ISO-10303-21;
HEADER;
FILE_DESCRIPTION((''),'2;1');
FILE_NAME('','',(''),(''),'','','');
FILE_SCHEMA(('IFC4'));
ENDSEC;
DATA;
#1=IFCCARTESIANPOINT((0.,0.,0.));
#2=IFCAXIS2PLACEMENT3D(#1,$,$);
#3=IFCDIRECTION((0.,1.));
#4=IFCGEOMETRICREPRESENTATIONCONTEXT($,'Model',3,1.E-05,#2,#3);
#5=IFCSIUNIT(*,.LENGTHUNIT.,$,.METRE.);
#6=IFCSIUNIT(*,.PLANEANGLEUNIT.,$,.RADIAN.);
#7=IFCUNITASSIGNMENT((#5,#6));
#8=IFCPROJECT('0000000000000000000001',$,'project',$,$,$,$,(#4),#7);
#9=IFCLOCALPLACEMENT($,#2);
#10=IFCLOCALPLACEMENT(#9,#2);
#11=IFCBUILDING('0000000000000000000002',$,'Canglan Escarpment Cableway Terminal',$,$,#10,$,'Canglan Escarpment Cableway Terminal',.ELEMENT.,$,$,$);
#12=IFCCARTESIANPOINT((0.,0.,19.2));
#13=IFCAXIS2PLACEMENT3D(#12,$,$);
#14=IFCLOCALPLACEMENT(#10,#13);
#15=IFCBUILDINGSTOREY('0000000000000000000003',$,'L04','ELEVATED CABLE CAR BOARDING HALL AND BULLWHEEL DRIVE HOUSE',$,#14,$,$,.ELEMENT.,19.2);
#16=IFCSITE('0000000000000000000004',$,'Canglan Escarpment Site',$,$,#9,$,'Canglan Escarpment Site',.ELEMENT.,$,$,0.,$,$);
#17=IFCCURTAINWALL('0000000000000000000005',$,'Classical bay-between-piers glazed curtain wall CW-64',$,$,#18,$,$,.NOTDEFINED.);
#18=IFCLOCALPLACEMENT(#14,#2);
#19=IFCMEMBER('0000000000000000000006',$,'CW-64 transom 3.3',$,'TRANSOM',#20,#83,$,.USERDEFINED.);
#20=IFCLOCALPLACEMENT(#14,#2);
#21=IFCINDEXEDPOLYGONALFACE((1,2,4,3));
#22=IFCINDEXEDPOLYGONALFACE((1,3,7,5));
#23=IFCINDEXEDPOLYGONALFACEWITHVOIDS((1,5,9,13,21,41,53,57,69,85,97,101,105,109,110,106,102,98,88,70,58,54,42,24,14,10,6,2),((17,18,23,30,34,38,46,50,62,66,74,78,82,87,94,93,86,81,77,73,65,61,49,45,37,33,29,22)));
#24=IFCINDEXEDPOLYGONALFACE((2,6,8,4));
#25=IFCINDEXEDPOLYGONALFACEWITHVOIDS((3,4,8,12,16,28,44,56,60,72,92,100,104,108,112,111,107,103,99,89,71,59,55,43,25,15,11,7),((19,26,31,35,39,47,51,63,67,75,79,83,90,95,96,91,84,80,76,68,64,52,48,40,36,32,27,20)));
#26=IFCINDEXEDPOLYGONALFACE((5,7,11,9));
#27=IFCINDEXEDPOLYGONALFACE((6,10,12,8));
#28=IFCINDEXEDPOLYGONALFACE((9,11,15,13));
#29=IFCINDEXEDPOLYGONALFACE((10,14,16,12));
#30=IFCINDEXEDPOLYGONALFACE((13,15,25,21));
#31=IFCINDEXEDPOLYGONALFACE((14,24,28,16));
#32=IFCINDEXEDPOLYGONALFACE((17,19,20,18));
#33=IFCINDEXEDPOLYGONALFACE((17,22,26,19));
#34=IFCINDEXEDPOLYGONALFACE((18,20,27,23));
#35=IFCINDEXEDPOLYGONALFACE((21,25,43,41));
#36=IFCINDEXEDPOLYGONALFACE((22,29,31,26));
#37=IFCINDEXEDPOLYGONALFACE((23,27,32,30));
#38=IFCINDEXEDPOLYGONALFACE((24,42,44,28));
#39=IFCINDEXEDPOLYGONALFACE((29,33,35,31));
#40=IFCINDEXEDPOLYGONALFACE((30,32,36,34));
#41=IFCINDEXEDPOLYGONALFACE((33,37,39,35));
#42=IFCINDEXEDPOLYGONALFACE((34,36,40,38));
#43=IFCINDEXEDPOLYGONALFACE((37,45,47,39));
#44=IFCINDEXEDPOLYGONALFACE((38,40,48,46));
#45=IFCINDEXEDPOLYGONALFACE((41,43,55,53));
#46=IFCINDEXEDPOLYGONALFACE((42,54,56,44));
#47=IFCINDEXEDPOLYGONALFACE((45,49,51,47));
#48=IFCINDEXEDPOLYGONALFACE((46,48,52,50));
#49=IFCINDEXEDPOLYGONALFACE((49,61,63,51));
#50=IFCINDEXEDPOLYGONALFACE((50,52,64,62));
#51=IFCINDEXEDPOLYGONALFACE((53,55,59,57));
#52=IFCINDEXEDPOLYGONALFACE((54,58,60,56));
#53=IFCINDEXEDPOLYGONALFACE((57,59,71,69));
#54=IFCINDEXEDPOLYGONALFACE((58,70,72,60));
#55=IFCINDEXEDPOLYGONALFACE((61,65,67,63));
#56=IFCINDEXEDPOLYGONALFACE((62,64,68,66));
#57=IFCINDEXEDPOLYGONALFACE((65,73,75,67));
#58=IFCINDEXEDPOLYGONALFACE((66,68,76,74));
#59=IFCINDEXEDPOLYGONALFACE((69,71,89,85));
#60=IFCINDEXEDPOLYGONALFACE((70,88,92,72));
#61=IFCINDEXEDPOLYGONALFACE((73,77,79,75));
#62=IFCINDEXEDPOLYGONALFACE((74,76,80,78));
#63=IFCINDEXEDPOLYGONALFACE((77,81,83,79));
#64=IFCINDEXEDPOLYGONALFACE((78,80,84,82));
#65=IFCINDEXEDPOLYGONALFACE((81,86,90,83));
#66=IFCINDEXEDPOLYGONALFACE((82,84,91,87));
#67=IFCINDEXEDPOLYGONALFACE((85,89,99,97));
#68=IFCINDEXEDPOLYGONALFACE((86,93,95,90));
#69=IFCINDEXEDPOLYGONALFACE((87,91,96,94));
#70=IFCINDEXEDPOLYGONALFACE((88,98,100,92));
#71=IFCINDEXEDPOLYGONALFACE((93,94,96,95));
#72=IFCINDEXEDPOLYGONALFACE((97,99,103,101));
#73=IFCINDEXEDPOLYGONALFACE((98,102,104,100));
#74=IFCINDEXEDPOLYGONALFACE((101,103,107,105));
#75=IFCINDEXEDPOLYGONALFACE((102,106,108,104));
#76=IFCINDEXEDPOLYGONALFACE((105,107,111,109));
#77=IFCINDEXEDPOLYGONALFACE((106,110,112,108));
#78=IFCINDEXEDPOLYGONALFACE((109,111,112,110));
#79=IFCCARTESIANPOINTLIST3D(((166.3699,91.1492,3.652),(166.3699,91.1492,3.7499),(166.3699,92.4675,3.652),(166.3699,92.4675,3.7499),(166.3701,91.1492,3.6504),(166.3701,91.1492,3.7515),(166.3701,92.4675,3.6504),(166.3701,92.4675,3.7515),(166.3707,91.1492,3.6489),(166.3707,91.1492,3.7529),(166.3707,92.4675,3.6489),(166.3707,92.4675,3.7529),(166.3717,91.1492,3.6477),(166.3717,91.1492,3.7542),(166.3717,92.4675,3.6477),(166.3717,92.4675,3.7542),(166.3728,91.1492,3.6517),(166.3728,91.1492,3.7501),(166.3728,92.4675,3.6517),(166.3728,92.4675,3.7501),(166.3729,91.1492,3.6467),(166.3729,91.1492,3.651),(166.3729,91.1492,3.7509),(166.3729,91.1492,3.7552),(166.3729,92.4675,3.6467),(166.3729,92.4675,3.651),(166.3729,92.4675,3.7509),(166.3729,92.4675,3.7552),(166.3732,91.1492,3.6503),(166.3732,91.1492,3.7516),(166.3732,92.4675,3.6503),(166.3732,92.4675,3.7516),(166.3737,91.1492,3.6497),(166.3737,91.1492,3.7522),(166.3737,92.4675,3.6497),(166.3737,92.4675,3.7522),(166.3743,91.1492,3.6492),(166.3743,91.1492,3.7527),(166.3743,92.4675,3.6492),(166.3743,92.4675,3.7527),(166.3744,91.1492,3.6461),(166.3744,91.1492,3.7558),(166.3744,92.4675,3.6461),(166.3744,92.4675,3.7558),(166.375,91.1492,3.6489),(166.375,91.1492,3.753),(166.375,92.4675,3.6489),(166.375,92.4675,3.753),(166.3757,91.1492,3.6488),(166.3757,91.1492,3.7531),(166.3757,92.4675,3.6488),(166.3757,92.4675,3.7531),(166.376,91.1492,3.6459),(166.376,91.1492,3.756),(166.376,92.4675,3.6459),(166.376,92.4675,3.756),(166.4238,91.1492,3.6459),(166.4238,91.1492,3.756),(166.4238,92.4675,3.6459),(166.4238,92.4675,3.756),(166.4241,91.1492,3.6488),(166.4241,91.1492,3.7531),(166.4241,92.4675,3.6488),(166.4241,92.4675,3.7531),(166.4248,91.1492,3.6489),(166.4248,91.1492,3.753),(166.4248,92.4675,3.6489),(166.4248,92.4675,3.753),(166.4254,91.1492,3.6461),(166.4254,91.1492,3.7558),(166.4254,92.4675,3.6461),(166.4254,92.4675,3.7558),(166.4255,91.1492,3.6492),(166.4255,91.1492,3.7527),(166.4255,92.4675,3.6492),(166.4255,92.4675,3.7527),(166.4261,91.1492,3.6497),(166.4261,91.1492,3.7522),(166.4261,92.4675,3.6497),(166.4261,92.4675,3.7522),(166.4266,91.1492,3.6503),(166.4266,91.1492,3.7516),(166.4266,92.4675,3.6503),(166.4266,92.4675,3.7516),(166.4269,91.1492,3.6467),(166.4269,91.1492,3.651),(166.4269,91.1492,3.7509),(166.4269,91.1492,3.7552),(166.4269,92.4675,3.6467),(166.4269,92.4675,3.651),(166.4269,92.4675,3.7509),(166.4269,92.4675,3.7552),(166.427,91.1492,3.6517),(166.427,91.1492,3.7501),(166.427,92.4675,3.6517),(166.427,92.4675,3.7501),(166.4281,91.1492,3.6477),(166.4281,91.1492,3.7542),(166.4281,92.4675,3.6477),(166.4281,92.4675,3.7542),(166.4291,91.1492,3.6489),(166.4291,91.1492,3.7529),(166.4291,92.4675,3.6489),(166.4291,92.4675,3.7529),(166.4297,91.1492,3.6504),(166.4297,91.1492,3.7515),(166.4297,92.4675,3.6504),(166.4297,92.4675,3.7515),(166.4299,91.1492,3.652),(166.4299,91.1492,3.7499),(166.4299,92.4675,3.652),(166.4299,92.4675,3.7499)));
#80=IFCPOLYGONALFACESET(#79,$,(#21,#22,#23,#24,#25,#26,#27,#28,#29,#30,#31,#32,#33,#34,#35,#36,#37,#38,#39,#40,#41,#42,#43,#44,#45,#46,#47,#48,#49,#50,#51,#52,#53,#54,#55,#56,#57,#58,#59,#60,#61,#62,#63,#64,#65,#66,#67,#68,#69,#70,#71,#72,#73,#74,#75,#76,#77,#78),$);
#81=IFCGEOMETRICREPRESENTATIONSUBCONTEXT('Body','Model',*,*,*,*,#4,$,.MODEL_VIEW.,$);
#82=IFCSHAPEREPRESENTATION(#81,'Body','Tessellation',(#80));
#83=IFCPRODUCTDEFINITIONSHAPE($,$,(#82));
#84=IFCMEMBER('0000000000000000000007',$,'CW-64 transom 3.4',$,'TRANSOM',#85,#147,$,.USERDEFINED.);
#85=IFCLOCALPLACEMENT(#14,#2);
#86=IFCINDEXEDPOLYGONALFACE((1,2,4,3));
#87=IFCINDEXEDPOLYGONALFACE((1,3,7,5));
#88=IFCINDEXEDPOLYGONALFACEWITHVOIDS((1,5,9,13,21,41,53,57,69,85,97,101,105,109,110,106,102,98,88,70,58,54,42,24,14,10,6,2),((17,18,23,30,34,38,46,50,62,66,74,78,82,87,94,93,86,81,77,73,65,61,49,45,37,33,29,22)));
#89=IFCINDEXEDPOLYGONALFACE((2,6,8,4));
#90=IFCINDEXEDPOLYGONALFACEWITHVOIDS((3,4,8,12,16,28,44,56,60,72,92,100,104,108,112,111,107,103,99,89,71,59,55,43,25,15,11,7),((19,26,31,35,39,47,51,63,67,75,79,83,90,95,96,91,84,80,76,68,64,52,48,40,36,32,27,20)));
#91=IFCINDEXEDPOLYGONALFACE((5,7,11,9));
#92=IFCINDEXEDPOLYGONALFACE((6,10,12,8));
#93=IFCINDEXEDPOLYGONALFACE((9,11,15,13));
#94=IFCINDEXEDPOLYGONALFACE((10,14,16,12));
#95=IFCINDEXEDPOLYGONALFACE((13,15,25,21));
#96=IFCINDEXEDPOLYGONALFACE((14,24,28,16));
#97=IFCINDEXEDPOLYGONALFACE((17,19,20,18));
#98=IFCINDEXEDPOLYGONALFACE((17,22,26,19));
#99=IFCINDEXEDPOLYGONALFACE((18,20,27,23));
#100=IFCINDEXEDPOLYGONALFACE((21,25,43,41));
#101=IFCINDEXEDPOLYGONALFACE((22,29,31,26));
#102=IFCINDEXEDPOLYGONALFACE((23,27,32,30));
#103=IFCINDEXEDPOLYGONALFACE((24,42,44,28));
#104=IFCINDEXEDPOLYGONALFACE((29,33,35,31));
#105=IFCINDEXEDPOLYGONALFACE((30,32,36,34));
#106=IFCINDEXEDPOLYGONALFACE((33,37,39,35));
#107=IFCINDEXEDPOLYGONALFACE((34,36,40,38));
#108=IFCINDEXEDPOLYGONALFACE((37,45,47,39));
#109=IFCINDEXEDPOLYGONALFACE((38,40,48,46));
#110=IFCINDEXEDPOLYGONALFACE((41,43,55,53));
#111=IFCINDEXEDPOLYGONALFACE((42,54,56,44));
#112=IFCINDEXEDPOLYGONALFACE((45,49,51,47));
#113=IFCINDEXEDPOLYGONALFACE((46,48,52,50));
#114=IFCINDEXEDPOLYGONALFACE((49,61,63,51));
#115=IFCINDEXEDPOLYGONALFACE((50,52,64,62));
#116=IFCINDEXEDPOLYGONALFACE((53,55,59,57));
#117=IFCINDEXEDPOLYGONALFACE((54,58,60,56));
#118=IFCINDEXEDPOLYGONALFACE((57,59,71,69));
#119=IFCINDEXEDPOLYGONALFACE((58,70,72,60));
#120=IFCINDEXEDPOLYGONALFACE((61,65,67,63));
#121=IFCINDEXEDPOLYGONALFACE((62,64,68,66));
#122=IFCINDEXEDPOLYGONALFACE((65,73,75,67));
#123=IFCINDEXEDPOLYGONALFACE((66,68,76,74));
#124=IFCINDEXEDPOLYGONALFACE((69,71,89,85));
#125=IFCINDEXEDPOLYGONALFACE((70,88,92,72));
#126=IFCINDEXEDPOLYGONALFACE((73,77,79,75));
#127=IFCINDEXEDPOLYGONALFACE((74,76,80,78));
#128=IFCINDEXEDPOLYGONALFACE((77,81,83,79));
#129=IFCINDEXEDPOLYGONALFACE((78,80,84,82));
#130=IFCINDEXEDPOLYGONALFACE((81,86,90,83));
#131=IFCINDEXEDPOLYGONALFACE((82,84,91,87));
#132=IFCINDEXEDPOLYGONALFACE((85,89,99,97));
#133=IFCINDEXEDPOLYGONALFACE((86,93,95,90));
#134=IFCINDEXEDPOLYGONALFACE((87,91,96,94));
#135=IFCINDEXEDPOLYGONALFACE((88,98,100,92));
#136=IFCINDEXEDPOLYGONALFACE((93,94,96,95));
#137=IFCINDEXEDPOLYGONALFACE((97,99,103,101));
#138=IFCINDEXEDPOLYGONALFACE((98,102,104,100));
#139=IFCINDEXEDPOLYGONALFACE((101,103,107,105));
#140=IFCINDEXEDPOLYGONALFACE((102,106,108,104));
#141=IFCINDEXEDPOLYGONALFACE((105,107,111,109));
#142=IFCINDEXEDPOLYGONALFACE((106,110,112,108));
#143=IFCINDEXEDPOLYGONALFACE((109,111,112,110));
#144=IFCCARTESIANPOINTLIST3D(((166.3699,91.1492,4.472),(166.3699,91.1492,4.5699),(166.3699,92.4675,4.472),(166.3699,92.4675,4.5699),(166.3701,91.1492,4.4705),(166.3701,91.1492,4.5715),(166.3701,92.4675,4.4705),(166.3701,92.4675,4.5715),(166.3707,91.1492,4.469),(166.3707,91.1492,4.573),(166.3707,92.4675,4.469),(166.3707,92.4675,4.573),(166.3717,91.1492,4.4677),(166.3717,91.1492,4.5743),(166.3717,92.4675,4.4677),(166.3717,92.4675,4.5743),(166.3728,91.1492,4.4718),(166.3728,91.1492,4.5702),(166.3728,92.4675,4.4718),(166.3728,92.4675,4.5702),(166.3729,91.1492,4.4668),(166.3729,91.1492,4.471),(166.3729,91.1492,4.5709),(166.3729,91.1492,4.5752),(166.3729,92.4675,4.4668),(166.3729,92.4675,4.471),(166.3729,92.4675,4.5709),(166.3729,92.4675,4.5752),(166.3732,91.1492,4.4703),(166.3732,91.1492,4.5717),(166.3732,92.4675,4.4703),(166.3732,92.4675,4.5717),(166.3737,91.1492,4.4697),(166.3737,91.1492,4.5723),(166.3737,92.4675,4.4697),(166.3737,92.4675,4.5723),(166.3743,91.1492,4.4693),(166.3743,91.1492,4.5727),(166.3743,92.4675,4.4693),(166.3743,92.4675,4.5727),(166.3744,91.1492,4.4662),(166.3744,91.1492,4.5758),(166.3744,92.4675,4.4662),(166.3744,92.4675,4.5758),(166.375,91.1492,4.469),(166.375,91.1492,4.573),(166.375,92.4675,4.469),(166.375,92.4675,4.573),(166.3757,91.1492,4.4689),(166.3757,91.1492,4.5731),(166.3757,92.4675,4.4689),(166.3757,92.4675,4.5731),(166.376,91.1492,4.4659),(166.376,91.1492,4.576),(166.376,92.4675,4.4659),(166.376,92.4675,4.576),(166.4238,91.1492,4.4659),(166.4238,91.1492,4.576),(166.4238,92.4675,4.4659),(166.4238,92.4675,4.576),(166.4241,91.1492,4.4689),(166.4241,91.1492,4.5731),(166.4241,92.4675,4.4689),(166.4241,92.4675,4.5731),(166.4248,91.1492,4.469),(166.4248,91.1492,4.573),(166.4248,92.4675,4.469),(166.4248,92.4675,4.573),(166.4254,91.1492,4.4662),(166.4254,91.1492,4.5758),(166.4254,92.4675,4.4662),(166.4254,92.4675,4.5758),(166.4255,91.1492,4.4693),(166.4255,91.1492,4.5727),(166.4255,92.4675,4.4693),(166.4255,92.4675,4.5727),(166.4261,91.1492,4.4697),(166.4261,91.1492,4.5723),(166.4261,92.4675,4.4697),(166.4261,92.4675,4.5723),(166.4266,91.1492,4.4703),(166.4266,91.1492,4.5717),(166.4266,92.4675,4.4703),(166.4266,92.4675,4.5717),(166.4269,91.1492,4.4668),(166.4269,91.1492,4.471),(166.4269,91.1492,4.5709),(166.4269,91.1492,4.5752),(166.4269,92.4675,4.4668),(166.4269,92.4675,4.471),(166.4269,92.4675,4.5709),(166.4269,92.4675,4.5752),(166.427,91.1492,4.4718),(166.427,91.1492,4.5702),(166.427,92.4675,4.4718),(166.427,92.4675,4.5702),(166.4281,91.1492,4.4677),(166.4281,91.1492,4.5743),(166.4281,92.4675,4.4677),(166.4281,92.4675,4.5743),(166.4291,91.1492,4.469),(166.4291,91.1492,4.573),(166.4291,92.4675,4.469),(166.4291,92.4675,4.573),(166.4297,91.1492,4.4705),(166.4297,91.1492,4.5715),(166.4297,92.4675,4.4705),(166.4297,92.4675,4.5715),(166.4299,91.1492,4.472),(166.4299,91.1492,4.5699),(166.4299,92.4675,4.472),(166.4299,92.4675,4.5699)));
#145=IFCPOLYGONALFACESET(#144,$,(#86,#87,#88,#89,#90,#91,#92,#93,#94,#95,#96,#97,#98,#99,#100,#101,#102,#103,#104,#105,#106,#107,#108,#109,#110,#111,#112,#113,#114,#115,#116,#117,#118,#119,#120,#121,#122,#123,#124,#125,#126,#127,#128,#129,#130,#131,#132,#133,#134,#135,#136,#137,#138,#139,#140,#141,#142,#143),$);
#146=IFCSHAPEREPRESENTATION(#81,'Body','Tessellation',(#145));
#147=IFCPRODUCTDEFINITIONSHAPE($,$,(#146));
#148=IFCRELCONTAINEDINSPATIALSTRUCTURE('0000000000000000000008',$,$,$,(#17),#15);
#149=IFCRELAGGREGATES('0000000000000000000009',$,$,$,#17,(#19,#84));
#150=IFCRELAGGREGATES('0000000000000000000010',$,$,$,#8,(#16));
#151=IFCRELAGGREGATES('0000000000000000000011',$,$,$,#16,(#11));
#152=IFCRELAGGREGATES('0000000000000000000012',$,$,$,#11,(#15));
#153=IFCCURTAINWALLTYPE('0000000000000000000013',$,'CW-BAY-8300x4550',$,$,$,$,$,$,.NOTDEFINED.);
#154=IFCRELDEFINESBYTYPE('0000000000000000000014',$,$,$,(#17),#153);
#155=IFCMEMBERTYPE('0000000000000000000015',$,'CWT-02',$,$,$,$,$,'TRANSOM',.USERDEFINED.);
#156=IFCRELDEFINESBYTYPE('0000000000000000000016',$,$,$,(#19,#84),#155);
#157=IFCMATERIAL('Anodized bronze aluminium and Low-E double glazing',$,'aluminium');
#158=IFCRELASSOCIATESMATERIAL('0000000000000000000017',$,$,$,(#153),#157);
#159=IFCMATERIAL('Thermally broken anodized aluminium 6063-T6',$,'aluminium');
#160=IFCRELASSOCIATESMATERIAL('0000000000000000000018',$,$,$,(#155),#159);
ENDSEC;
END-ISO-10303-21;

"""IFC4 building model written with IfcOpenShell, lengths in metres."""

from ifc_helpers import new_model, si_unit, direction, frame, origin, origin_2d, place, context, subcontext, project, spatial, hollow_rectangle, extrude, material, material_profile, profile_set, type_object, element, aggregate, save


model = new_model("IFC4")

# Units and contexts
model_context = context("Model", 3, precision=1e-05, world=origin(), true_north=direction((0.0, 1.0)))
body_context = subcontext(model_context, "Body", "Model", "MODEL_VIEW")
ifc_project = project(units=[si_unit("LENGTHUNIT", "METRE"), si_unit("PLANEANGLEUNIT", "RADIAN")], contexts=[model_context])

# Site, building, storey
site_placement = place(None, origin())
site = spatial("IfcSite", under=ifc_project, at=site_placement, Name="Canglan Escarpment Site", LongName="Canglan Escarpment Site", CompositionType="ELEMENT", RefElevation=0.0)
building_placement = place(site_placement, origin())
building = spatial("IfcBuilding", under=site, at=building_placement, Name="Canglan Escarpment Cableway Terminal", LongName="Canglan Escarpment Cableway Terminal", CompositionType="ELEMENT")
storey_placement = place(building_placement, frame((0.0, 0.0, 19.2)))
storey = spatial("IfcBuildingStorey", under=building, at=storey_placement, Name="L04", Description="ELEVATED CABLE CAR BOARDING HALL AND BULLWHEEL DRIVE HOUSE", CompositionType="ELEMENT", Elevation=19.2)

# Shared definitions
ifc_material_1 = material(Name="Anodized bronze aluminium and Low-E double glazing", Category="aluminium")
curtain_wall_type = type_object("IfcCurtainWallType", Name="CW-BAY-8300x4550", PredefinedType="NOTDEFINED", material=ifc_material_1)
ifc_material_2 = material(Name="Thermally broken anodized aluminium 6063-T6", Category="aluminium")

# Curtain wall, members
curtain_wall_1_placement = place(storey_placement, origin())
curtain_wall_1 = element("IfcCurtainWall", 1, at=curtain_wall_1_placement, inside=storey, type_object=curtain_wall_type, Name="Classical bay-between-piers glazed curtain wall CW-64", PredefinedType="NOTDEFINED")
ifc_material_profile_1 = material_profile(ifc_material_2, hollow_rectangle(XDim=0.0601, YDim=0.1101, WallThickness=0.0029, InnerFilletRadius=0.0029, OuterFilletRadius=0.0061, at=origin_2d()), Name="ALU-TRAN 60x110x3")
ifc_profile_set_1 = profile_set([ifc_material_profile_1], Name="Thermally broken anodized aluminium 6063-T6")
member_type_1 = type_object("IfcMemberType", Name="CWT-02", ElementType="TRANSOM", PredefinedType="USERDEFINED", material=ifc_profile_set_1)
member_1_placement = place(storey_placement, frame((166.3999, 91.1492, 3.7009), z_axis=(0.0, 1.0, 0.0), x_axis=(-1.0, 0.0, 0.0)))
member_1 = element("IfcMember", 2, at=member_1_placement, type_object=member_type_1, Name="CW-64 transom 3.3", ObjectType="TRANSOM", PredefinedType="USERDEFINED", context=body_context, shape_type="SweptSolid", body=[
    extrude(hollow_rectangle(XDim=0.0601, YDim=0.1101, WallThickness=0.0029, InnerFilletRadius=0.0029, OuterFilletRadius=0.0061, at=origin_2d()), origin(), (0.0, 0.0, 1.0), 1.3184),
])
member_2_placement = place(storey_placement, frame((166.3999, 91.1492, 4.521), z_axis=(0.0, 1.0, 0.0), x_axis=(-1.0, 0.0, 0.0)))
member_2 = element("IfcMember", 3, at=member_2_placement, type_object=member_type_1, Name="CW-64 transom 3.4", ObjectType="TRANSOM", PredefinedType="USERDEFINED", context=body_context, shape_type="SweptSolid", body=[
    extrude(hollow_rectangle(XDim=0.0601, YDim=0.1101, WallThickness=0.0029, InnerFilletRadius=0.0029, OuterFilletRadius=0.0061, at=origin_2d()), origin(), (0.0, 0.0, 1.0), 1.3184),
])
aggregate(curtain_wall_1, [member_1, member_2])

save(model, "model.ifc")
